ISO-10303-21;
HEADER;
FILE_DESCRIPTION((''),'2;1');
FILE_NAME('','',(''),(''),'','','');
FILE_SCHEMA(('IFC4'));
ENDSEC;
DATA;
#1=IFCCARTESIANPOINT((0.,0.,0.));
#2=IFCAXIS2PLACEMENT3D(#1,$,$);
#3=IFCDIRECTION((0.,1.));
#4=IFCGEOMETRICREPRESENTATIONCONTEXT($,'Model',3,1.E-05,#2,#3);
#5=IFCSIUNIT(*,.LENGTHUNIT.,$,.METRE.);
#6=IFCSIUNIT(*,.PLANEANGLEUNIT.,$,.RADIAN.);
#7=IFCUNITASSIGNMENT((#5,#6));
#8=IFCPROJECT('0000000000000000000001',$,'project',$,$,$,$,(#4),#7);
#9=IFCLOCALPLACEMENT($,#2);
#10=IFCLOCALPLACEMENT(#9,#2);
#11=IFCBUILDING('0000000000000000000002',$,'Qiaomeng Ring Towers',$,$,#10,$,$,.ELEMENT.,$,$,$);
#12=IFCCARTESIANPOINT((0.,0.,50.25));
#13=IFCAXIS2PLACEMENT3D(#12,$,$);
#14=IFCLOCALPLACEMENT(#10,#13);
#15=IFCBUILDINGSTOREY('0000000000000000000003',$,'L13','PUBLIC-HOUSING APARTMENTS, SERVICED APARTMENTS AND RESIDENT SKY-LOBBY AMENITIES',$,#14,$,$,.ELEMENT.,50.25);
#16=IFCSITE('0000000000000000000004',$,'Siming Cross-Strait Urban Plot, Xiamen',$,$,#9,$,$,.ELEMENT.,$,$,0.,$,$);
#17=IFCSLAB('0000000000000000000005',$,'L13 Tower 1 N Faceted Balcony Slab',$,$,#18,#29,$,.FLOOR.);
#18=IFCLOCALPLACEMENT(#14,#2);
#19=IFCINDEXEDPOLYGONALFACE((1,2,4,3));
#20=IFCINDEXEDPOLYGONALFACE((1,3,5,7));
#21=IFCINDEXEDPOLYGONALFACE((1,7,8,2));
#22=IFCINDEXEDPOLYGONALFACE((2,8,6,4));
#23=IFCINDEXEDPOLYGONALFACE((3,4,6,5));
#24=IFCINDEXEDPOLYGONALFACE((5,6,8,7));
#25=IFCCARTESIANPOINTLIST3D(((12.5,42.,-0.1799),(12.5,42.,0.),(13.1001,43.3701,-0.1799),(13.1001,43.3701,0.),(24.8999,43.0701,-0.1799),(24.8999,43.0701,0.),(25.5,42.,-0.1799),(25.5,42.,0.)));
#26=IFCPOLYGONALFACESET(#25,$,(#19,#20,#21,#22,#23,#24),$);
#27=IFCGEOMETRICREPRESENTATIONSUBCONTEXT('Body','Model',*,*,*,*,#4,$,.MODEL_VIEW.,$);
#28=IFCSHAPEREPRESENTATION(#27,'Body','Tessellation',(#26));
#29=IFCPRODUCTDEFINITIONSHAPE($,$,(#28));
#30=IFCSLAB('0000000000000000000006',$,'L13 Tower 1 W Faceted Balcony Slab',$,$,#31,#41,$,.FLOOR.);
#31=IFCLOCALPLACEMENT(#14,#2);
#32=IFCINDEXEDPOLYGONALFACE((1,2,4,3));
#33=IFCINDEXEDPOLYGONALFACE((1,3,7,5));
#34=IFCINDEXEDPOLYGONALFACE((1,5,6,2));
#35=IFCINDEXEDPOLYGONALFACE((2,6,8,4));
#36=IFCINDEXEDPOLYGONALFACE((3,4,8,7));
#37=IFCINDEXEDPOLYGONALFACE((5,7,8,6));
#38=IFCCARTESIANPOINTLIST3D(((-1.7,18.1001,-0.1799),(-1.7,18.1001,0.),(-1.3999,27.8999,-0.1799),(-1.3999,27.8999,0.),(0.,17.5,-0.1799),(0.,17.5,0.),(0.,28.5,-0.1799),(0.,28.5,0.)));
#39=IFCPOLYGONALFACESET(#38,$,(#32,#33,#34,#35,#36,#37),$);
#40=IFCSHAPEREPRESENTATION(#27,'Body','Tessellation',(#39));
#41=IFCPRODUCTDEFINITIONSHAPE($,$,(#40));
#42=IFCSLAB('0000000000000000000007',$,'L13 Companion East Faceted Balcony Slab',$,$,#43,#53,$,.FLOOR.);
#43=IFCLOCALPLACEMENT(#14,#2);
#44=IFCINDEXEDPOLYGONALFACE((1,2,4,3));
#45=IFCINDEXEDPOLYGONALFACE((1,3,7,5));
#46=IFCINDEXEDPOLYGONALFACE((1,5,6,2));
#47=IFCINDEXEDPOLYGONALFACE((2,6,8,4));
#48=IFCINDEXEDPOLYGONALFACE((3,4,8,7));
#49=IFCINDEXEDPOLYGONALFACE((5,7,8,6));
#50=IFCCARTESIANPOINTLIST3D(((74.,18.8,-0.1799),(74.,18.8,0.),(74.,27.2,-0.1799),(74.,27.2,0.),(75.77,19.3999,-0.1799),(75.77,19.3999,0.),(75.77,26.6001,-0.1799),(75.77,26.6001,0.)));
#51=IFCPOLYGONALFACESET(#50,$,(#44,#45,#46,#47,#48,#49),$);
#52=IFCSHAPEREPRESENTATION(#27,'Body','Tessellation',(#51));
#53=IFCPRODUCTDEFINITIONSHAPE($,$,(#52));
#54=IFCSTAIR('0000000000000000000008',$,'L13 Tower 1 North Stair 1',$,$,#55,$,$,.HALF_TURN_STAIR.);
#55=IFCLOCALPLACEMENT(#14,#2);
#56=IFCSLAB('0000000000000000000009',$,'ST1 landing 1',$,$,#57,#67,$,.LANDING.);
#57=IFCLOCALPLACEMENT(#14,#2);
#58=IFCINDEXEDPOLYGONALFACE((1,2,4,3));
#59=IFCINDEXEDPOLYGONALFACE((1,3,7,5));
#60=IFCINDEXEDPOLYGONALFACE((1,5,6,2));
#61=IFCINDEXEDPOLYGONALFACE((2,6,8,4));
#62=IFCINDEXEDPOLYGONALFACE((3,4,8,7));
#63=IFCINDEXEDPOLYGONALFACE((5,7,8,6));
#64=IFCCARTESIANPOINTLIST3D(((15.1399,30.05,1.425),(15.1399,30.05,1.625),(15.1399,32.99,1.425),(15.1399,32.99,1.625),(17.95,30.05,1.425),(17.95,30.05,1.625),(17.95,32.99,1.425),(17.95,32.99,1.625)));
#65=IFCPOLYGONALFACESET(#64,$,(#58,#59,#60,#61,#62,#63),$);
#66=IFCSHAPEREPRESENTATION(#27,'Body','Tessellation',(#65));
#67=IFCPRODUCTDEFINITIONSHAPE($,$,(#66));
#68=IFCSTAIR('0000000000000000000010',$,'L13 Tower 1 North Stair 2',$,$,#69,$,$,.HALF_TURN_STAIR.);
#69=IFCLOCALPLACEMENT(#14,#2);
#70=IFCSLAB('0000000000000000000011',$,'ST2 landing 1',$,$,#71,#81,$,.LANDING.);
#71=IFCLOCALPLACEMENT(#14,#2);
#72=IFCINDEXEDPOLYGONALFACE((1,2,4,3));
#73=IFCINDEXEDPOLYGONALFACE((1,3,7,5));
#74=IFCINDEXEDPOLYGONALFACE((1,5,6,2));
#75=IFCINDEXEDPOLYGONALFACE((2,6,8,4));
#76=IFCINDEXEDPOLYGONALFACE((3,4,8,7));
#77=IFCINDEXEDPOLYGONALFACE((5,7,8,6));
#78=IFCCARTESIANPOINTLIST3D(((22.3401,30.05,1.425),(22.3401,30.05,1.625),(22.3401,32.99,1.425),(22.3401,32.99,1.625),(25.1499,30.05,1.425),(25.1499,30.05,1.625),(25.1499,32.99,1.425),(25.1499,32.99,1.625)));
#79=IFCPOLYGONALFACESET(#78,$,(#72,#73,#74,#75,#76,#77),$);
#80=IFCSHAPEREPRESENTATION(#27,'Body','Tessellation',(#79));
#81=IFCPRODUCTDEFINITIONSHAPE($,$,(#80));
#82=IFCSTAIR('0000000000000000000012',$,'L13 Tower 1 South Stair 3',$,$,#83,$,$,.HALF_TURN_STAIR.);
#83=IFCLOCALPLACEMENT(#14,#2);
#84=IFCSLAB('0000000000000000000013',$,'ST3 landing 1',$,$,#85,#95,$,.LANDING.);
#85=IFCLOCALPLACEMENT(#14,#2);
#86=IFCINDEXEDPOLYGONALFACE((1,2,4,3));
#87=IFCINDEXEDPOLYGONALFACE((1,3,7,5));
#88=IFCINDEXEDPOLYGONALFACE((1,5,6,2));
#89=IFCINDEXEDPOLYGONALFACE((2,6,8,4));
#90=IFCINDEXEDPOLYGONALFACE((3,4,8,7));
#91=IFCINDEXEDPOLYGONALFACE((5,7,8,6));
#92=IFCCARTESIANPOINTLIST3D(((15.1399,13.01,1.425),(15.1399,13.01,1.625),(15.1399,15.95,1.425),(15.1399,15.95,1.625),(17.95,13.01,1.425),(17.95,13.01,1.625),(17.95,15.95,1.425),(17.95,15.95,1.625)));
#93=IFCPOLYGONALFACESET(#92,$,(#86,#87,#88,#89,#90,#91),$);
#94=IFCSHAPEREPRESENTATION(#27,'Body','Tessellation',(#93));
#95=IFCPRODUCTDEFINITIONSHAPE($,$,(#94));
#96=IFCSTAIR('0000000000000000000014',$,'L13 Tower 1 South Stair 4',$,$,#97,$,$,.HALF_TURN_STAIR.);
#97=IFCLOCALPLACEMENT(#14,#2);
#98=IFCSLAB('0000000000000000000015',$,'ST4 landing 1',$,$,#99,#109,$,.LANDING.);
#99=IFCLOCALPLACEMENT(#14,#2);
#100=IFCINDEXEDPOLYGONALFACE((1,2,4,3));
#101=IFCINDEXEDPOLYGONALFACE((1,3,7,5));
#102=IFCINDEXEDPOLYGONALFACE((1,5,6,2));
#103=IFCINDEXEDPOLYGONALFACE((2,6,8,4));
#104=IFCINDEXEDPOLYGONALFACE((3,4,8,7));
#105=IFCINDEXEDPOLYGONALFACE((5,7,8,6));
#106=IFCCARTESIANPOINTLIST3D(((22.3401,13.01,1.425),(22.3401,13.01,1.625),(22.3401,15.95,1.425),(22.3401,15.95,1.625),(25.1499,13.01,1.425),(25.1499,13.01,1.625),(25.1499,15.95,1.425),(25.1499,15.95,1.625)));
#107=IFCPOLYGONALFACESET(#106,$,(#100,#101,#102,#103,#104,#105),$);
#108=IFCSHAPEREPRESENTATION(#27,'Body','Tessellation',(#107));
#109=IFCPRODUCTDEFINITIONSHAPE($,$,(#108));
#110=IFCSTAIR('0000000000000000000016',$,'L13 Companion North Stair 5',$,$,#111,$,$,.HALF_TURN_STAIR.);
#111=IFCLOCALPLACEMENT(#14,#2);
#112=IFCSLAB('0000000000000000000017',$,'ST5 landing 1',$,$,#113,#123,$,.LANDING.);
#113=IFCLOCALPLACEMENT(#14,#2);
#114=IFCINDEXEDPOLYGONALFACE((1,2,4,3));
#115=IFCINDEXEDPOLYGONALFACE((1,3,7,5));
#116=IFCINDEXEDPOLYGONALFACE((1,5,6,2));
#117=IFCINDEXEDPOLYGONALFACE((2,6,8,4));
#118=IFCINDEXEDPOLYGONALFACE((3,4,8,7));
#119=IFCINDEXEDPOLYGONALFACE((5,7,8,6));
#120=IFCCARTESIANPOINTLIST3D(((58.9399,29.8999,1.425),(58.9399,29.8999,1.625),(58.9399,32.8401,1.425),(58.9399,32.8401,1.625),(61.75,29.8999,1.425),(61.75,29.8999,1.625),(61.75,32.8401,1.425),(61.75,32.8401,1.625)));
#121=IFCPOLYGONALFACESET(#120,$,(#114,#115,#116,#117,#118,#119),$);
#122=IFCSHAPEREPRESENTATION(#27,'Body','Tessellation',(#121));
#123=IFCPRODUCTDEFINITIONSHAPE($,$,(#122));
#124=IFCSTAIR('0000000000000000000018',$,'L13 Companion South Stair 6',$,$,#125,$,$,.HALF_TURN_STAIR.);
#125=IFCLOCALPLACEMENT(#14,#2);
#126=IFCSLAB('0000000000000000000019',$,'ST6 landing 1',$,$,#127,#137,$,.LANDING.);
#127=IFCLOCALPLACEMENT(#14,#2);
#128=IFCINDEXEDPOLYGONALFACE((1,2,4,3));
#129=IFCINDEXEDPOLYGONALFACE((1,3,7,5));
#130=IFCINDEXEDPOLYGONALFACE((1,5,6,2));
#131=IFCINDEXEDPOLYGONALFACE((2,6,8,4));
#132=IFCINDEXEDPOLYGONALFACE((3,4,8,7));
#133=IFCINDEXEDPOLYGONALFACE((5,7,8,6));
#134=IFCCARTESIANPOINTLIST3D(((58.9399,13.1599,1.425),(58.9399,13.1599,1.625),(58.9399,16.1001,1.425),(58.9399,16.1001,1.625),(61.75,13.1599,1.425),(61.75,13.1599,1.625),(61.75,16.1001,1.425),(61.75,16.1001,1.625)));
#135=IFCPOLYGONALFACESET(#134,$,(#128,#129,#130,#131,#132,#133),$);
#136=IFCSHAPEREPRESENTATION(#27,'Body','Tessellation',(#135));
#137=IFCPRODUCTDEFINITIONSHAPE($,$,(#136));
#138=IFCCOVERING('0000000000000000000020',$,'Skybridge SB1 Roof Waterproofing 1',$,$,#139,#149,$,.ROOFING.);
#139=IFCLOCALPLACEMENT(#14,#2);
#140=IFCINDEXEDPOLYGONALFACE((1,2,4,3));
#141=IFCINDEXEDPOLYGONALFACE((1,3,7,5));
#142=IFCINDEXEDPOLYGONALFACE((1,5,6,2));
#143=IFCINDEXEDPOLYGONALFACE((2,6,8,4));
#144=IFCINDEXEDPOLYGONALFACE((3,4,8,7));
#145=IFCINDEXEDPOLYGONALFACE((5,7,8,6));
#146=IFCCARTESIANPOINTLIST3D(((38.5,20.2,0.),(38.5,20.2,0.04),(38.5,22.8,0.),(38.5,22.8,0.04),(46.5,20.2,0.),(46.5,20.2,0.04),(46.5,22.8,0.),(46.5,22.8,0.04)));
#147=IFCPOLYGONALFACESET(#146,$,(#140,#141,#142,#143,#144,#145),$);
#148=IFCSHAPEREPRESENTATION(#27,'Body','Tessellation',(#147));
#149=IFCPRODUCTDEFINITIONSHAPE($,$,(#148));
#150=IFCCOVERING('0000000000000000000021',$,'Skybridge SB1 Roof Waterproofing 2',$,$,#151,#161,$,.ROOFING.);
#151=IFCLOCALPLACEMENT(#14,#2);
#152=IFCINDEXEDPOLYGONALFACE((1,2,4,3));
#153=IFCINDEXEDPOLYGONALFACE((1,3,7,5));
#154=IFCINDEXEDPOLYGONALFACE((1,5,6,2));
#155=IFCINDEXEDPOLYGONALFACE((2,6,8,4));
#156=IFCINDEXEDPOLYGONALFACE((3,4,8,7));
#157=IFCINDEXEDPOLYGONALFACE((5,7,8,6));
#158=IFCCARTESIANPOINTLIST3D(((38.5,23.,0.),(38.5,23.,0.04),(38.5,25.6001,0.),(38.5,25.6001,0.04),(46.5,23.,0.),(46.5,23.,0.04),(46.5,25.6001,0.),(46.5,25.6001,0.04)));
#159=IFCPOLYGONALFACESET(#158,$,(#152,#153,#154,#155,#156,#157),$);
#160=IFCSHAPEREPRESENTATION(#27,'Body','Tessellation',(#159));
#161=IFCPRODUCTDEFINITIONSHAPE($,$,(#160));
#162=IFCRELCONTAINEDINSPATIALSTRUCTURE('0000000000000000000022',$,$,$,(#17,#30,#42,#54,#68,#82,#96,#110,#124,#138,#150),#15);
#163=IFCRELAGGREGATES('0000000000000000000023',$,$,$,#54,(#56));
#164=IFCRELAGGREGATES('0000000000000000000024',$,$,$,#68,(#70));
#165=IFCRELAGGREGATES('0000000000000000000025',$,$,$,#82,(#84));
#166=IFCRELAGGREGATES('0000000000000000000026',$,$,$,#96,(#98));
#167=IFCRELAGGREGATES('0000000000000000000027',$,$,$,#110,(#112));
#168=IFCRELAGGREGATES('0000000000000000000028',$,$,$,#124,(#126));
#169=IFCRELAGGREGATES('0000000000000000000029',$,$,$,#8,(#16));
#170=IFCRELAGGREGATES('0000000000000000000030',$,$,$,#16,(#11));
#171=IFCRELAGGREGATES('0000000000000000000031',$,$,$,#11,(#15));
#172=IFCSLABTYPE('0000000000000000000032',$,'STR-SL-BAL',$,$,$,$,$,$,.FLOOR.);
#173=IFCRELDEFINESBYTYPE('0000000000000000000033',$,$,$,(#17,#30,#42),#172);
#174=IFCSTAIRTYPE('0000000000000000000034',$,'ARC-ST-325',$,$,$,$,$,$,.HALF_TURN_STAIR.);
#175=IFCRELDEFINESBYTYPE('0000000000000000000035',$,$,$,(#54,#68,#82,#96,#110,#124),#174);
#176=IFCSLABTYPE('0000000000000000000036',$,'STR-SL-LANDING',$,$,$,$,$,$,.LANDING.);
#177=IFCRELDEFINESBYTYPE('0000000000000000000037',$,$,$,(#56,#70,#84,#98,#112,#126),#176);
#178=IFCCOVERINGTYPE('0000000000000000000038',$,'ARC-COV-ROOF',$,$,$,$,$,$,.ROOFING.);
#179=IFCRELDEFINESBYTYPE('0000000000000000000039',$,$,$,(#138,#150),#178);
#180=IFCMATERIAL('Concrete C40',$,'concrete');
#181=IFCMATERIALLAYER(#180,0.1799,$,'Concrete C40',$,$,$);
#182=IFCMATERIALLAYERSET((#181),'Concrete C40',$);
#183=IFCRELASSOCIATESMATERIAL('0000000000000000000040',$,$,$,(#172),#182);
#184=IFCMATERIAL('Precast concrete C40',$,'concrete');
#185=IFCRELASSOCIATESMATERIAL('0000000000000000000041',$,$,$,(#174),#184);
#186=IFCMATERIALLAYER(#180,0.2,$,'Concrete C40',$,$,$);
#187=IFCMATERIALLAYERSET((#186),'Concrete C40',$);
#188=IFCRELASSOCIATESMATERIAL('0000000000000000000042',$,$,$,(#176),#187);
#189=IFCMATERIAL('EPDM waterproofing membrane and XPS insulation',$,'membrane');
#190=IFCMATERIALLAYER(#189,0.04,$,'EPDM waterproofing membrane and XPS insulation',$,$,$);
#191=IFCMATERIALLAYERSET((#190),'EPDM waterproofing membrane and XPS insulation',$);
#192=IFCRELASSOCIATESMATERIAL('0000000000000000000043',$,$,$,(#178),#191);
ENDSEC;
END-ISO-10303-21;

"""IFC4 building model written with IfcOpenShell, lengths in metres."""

from ifc_helpers import new_model, si_unit, direction, frame, origin, place, context, subcontext, project, spatial, polyline, outline, extrude, material, layer, layer_set, type_object, element, aggregate, save


model = new_model("IFC4")

# Units and contexts
model_context = context("Model", 3, precision=1e-05, world=origin(), true_north=direction((0.0, 1.0)))
body_context = subcontext(model_context, "Body", "Model", "MODEL_VIEW")
ifc_project = project(units=[si_unit("LENGTHUNIT", "METRE"), si_unit("PLANEANGLEUNIT", "RADIAN")], contexts=[model_context])

# Site, building, storey
site_placement = place(None, origin())
site = spatial("IfcSite", under=ifc_project, at=site_placement, Name="Siming Cross-Strait Urban Plot, Xiamen", CompositionType="ELEMENT", RefElevation=0.0)
building_placement = place(site_placement, origin())
building = spatial("IfcBuilding", under=site, at=building_placement, Name="Qiaomeng Ring Towers", CompositionType="ELEMENT")
storey_placement = place(building_placement, frame((0.0, 0.0, 50.25)))
storey = spatial("IfcBuildingStorey", under=building, at=storey_placement, Name="L13", Description="PUBLIC-HOUSING APARTMENTS, SERVICED APARTMENTS AND RESIDENT SKY-LOBBY AMENITIES", CompositionType="ELEMENT", Elevation=50.25)

# Slabs
ifc_material_1 = material(Name="Concrete C40", Category="concrete")
ifc_layer_1 = layer(ifc_material_1, 0.1799, Name="Concrete C40")
ifc_layer_set_1 = layer_set([ifc_layer_1], Name="Concrete C40")
slab_type_1 = type_object("IfcSlabType", Name="STR-SL-BAL", PredefinedType="FLOOR", material=ifc_layer_set_1)
slab_1_placement = place(storey_placement, frame((0.0, 0.0, -0.1799)))
element("IfcSlab", 1, at=slab_1_placement, inside=storey, type_object=slab_type_1, Name="L13 Tower 1 N Faceted Balcony Slab", PredefinedType="FLOOR", context=body_context, shape_type="SweptSolid", body=[
    extrude(outline(polyline([(12.5, 42.0), (13.1001, 43.3701), (24.8999, 43.0701), (25.5, 42.0), (12.5, 42.0)])), origin(), (0.0, 0.0, 1.0), 0.1799),
])
slab_2_placement = place(storey_placement, frame((0.0, 0.0, -0.1799)))
element("IfcSlab", 2, at=slab_2_placement, inside=storey, type_object=slab_type_1, Name="L13 Tower 1 W Faceted Balcony Slab", PredefinedType="FLOOR", context=body_context, shape_type="SweptSolid", body=[
    extrude(outline(polyline([(0.0, 17.5), (-1.7, 18.1001), (-1.3999, 27.8999), (0.0, 28.5), (0.0, 17.5)])), origin(), (0.0, 0.0, 1.0), 0.1799),
])
slab_3_placement = place(storey_placement, frame((0.0, 0.0, -0.1799)))
element("IfcSlab", 3, at=slab_3_placement, inside=storey, type_object=slab_type_1, Name="L13 Companion East Faceted Balcony Slab", PredefinedType="FLOOR", context=body_context, shape_type="SweptSolid", body=[
    extrude(outline(polyline([(75.77, 26.6001), (75.77, 19.3999), (74.0, 18.8), (74.0, 27.2), (75.77, 26.6001)])), origin(), (0.0, 0.0, 1.0), 0.1799),
])

# Stairs, slabs
ifc_material_2 = material(Name="Precast concrete C40", Category="concrete")
stair_type = type_object("IfcStairType", Name="ARC-ST-325", PredefinedType="HALF_TURN_STAIR", material=ifc_material_2)
stair_1_placement = place(storey_placement, origin())
stair_1 = element("IfcStair", 4, at=stair_1_placement, inside=storey, type_object=stair_type, Name="L13 Tower 1 North Stair 1", PredefinedType="HALF_TURN_STAIR")
ifc_layer_2 = layer(ifc_material_1, 0.2, Name="Concrete C40")
ifc_layer_set_2 = layer_set([ifc_layer_2], Name="Concrete C40")
slab_type_2 = type_object("IfcSlabType", Name="STR-SL-LANDING", PredefinedType="LANDING", material=ifc_layer_set_2)
slab_4_placement = place(storey_placement, frame((0.0, 0.0, 1.425)))
slab_4 = element("IfcSlab", 5, at=slab_4_placement, type_object=slab_type_2, Name="ST1 landing 1", PredefinedType="LANDING", context=body_context, shape_type="SweptSolid", body=[
    extrude(outline(polyline([(15.1399, 30.05), (17.95, 30.05), (17.95, 32.99), (15.1399, 32.99), (15.1399, 30.05)])), origin(), (0.0, 0.0, 1.0), 0.2),
])
aggregate(stair_1, [slab_4])
stair_2_placement = place(storey_placement, origin())
stair_2 = element("IfcStair", 6, at=stair_2_placement, inside=storey, type_object=stair_type, Name="L13 Tower 1 North Stair 2", PredefinedType="HALF_TURN_STAIR")
slab_5_placement = place(storey_placement, frame((0.0, 0.0, 1.425)))
slab_5 = element("IfcSlab", 7, at=slab_5_placement, type_object=slab_type_2, Name="ST2 landing 1", PredefinedType="LANDING", context=body_context, shape_type="SweptSolid", body=[
    extrude(outline(polyline([(22.3401, 30.05), (25.1499, 30.05), (25.1499, 32.99), (22.3401, 32.99), (22.3401, 30.05)])), origin(), (0.0, 0.0, 1.0), 0.2),
])
aggregate(stair_2, [slab_5])
stair_3_placement = place(storey_placement, origin())
stair_3 = element("IfcStair", 8, at=stair_3_placement, inside=storey, type_object=stair_type, Name="L13 Tower 1 South Stair 3", PredefinedType="HALF_TURN_STAIR")
slab_6_placement = place(storey_placement, frame((0.0, 0.0, 1.425)))
slab_6 = element("IfcSlab", 9, at=slab_6_placement, type_object=slab_type_2, Name="ST3 landing 1", PredefinedType="LANDING", context=body_context, shape_type="SweptSolid", body=[
    extrude(outline(polyline([(15.1399, 13.01), (17.95, 13.01), (17.95, 15.95), (15.1399, 15.95), (15.1399, 13.01)])), origin(), (0.0, 0.0, 1.0), 0.2),
])
aggregate(stair_3, [slab_6])
stair_4_placement = place(storey_placement, origin())
stair_4 = element("IfcStair", 10, at=stair_4_placement, inside=storey, type_object=stair_type, Name="L13 Tower 1 South Stair 4", PredefinedType="HALF_TURN_STAIR")
slab_7_placement = place(storey_placement, frame((0.0, 0.0, 1.425)))
slab_7 = element("IfcSlab", 11, at=slab_7_placement, type_object=slab_type_2, Name="ST4 landing 1", PredefinedType="LANDING", context=body_context, shape_type="SweptSolid", body=[
    extrude(outline(polyline([(22.3401, 13.01), (25.1499, 13.01), (25.1499, 15.95), (22.3401, 15.95), (22.3401, 13.01)])), origin(), (0.0, 0.0, 1.0), 0.2),
])
aggregate(stair_4, [slab_7])
stair_5_placement = place(storey_placement, origin())
stair_5 = element("IfcStair", 12, at=stair_5_placement, inside=storey, type_object=stair_type, Name="L13 Companion North Stair 5", PredefinedType="HALF_TURN_STAIR")
slab_8_placement = place(storey_placement, frame((0.0, 0.0, 1.425)))
slab_8 = element("IfcSlab", 13, at=slab_8_placement, type_object=slab_type_2, Name="ST5 landing 1", PredefinedType="LANDING", context=body_context, shape_type="SweptSolid", body=[
    extrude(outline(polyline([(58.9399, 29.8999), (61.75, 29.8999), (61.75, 32.8401), (58.9399, 32.8401), (58.9399, 29.8999)])), origin(), (0.0, 0.0, 1.0), 0.2),
])
aggregate(stair_5, [slab_8])
stair_6_placement = place(storey_placement, origin())
stair_6 = element("IfcStair", 14, at=stair_6_placement, inside=storey, type_object=stair_type, Name="L13 Companion South Stair 6", PredefinedType="HALF_TURN_STAIR")
slab_9_placement = place(storey_placement, frame((0.0, 0.0, 1.425)))
slab_9 = element("IfcSlab", 15, at=slab_9_placement, type_object=slab_type_2, Name="ST6 landing 1", PredefinedType="LANDING", context=body_context, shape_type="SweptSolid", body=[
    extrude(outline(polyline([(58.9399, 13.1599), (61.75, 13.1599), (61.75, 16.1001), (58.9399, 16.1001), (58.9399, 13.1599)])), origin(), (0.0, 0.0, 1.0), 0.2),
])
aggregate(stair_6, [slab_9])

# Coverings
ifc_material_3 = material(Name="EPDM waterproofing membrane and XPS insulation", Category="membrane")
ifc_layer_3 = layer(ifc_material_3, 0.04, Name="EPDM waterproofing membrane and XPS insulation")
ifc_layer_set_3 = layer_set([ifc_layer_3], Name="EPDM waterproofing membrane and XPS insulation")
covering_type = type_object("IfcCoveringType", Name="ARC-COV-ROOF", PredefinedType="ROOFING", material=ifc_layer_set_3)
covering_1_placement = place(storey_placement, origin())
element("IfcCovering", 16, at=covering_1_placement, inside=storey, type_object=covering_type, Name="Skybridge SB1 Roof Waterproofing 1", PredefinedType="ROOFING", context=body_context, shape_type="SweptSolid", body=[
    extrude(outline(polyline([(38.5, 20.2), (46.5, 20.2), (46.5, 22.8), (38.5, 22.8), (38.5, 20.2)])), origin(), (0.0, 0.0, 1.0), 0.04),
])
covering_2_placement = place(storey_placement, origin())
element("IfcCovering", 17, at=covering_2_placement, inside=storey, type_object=covering_type, Name="Skybridge SB1 Roof Waterproofing 2", PredefinedType="ROOFING", context=body_context, shape_type="SweptSolid", body=[
    extrude(outline(polyline([(38.5, 23.0), (46.5, 23.0), (46.5, 25.6001), (38.5, 25.6001), (38.5, 23.0)])), origin(), (0.0, 0.0, 1.0), 0.04),
])

save(model, "model.ifc")
